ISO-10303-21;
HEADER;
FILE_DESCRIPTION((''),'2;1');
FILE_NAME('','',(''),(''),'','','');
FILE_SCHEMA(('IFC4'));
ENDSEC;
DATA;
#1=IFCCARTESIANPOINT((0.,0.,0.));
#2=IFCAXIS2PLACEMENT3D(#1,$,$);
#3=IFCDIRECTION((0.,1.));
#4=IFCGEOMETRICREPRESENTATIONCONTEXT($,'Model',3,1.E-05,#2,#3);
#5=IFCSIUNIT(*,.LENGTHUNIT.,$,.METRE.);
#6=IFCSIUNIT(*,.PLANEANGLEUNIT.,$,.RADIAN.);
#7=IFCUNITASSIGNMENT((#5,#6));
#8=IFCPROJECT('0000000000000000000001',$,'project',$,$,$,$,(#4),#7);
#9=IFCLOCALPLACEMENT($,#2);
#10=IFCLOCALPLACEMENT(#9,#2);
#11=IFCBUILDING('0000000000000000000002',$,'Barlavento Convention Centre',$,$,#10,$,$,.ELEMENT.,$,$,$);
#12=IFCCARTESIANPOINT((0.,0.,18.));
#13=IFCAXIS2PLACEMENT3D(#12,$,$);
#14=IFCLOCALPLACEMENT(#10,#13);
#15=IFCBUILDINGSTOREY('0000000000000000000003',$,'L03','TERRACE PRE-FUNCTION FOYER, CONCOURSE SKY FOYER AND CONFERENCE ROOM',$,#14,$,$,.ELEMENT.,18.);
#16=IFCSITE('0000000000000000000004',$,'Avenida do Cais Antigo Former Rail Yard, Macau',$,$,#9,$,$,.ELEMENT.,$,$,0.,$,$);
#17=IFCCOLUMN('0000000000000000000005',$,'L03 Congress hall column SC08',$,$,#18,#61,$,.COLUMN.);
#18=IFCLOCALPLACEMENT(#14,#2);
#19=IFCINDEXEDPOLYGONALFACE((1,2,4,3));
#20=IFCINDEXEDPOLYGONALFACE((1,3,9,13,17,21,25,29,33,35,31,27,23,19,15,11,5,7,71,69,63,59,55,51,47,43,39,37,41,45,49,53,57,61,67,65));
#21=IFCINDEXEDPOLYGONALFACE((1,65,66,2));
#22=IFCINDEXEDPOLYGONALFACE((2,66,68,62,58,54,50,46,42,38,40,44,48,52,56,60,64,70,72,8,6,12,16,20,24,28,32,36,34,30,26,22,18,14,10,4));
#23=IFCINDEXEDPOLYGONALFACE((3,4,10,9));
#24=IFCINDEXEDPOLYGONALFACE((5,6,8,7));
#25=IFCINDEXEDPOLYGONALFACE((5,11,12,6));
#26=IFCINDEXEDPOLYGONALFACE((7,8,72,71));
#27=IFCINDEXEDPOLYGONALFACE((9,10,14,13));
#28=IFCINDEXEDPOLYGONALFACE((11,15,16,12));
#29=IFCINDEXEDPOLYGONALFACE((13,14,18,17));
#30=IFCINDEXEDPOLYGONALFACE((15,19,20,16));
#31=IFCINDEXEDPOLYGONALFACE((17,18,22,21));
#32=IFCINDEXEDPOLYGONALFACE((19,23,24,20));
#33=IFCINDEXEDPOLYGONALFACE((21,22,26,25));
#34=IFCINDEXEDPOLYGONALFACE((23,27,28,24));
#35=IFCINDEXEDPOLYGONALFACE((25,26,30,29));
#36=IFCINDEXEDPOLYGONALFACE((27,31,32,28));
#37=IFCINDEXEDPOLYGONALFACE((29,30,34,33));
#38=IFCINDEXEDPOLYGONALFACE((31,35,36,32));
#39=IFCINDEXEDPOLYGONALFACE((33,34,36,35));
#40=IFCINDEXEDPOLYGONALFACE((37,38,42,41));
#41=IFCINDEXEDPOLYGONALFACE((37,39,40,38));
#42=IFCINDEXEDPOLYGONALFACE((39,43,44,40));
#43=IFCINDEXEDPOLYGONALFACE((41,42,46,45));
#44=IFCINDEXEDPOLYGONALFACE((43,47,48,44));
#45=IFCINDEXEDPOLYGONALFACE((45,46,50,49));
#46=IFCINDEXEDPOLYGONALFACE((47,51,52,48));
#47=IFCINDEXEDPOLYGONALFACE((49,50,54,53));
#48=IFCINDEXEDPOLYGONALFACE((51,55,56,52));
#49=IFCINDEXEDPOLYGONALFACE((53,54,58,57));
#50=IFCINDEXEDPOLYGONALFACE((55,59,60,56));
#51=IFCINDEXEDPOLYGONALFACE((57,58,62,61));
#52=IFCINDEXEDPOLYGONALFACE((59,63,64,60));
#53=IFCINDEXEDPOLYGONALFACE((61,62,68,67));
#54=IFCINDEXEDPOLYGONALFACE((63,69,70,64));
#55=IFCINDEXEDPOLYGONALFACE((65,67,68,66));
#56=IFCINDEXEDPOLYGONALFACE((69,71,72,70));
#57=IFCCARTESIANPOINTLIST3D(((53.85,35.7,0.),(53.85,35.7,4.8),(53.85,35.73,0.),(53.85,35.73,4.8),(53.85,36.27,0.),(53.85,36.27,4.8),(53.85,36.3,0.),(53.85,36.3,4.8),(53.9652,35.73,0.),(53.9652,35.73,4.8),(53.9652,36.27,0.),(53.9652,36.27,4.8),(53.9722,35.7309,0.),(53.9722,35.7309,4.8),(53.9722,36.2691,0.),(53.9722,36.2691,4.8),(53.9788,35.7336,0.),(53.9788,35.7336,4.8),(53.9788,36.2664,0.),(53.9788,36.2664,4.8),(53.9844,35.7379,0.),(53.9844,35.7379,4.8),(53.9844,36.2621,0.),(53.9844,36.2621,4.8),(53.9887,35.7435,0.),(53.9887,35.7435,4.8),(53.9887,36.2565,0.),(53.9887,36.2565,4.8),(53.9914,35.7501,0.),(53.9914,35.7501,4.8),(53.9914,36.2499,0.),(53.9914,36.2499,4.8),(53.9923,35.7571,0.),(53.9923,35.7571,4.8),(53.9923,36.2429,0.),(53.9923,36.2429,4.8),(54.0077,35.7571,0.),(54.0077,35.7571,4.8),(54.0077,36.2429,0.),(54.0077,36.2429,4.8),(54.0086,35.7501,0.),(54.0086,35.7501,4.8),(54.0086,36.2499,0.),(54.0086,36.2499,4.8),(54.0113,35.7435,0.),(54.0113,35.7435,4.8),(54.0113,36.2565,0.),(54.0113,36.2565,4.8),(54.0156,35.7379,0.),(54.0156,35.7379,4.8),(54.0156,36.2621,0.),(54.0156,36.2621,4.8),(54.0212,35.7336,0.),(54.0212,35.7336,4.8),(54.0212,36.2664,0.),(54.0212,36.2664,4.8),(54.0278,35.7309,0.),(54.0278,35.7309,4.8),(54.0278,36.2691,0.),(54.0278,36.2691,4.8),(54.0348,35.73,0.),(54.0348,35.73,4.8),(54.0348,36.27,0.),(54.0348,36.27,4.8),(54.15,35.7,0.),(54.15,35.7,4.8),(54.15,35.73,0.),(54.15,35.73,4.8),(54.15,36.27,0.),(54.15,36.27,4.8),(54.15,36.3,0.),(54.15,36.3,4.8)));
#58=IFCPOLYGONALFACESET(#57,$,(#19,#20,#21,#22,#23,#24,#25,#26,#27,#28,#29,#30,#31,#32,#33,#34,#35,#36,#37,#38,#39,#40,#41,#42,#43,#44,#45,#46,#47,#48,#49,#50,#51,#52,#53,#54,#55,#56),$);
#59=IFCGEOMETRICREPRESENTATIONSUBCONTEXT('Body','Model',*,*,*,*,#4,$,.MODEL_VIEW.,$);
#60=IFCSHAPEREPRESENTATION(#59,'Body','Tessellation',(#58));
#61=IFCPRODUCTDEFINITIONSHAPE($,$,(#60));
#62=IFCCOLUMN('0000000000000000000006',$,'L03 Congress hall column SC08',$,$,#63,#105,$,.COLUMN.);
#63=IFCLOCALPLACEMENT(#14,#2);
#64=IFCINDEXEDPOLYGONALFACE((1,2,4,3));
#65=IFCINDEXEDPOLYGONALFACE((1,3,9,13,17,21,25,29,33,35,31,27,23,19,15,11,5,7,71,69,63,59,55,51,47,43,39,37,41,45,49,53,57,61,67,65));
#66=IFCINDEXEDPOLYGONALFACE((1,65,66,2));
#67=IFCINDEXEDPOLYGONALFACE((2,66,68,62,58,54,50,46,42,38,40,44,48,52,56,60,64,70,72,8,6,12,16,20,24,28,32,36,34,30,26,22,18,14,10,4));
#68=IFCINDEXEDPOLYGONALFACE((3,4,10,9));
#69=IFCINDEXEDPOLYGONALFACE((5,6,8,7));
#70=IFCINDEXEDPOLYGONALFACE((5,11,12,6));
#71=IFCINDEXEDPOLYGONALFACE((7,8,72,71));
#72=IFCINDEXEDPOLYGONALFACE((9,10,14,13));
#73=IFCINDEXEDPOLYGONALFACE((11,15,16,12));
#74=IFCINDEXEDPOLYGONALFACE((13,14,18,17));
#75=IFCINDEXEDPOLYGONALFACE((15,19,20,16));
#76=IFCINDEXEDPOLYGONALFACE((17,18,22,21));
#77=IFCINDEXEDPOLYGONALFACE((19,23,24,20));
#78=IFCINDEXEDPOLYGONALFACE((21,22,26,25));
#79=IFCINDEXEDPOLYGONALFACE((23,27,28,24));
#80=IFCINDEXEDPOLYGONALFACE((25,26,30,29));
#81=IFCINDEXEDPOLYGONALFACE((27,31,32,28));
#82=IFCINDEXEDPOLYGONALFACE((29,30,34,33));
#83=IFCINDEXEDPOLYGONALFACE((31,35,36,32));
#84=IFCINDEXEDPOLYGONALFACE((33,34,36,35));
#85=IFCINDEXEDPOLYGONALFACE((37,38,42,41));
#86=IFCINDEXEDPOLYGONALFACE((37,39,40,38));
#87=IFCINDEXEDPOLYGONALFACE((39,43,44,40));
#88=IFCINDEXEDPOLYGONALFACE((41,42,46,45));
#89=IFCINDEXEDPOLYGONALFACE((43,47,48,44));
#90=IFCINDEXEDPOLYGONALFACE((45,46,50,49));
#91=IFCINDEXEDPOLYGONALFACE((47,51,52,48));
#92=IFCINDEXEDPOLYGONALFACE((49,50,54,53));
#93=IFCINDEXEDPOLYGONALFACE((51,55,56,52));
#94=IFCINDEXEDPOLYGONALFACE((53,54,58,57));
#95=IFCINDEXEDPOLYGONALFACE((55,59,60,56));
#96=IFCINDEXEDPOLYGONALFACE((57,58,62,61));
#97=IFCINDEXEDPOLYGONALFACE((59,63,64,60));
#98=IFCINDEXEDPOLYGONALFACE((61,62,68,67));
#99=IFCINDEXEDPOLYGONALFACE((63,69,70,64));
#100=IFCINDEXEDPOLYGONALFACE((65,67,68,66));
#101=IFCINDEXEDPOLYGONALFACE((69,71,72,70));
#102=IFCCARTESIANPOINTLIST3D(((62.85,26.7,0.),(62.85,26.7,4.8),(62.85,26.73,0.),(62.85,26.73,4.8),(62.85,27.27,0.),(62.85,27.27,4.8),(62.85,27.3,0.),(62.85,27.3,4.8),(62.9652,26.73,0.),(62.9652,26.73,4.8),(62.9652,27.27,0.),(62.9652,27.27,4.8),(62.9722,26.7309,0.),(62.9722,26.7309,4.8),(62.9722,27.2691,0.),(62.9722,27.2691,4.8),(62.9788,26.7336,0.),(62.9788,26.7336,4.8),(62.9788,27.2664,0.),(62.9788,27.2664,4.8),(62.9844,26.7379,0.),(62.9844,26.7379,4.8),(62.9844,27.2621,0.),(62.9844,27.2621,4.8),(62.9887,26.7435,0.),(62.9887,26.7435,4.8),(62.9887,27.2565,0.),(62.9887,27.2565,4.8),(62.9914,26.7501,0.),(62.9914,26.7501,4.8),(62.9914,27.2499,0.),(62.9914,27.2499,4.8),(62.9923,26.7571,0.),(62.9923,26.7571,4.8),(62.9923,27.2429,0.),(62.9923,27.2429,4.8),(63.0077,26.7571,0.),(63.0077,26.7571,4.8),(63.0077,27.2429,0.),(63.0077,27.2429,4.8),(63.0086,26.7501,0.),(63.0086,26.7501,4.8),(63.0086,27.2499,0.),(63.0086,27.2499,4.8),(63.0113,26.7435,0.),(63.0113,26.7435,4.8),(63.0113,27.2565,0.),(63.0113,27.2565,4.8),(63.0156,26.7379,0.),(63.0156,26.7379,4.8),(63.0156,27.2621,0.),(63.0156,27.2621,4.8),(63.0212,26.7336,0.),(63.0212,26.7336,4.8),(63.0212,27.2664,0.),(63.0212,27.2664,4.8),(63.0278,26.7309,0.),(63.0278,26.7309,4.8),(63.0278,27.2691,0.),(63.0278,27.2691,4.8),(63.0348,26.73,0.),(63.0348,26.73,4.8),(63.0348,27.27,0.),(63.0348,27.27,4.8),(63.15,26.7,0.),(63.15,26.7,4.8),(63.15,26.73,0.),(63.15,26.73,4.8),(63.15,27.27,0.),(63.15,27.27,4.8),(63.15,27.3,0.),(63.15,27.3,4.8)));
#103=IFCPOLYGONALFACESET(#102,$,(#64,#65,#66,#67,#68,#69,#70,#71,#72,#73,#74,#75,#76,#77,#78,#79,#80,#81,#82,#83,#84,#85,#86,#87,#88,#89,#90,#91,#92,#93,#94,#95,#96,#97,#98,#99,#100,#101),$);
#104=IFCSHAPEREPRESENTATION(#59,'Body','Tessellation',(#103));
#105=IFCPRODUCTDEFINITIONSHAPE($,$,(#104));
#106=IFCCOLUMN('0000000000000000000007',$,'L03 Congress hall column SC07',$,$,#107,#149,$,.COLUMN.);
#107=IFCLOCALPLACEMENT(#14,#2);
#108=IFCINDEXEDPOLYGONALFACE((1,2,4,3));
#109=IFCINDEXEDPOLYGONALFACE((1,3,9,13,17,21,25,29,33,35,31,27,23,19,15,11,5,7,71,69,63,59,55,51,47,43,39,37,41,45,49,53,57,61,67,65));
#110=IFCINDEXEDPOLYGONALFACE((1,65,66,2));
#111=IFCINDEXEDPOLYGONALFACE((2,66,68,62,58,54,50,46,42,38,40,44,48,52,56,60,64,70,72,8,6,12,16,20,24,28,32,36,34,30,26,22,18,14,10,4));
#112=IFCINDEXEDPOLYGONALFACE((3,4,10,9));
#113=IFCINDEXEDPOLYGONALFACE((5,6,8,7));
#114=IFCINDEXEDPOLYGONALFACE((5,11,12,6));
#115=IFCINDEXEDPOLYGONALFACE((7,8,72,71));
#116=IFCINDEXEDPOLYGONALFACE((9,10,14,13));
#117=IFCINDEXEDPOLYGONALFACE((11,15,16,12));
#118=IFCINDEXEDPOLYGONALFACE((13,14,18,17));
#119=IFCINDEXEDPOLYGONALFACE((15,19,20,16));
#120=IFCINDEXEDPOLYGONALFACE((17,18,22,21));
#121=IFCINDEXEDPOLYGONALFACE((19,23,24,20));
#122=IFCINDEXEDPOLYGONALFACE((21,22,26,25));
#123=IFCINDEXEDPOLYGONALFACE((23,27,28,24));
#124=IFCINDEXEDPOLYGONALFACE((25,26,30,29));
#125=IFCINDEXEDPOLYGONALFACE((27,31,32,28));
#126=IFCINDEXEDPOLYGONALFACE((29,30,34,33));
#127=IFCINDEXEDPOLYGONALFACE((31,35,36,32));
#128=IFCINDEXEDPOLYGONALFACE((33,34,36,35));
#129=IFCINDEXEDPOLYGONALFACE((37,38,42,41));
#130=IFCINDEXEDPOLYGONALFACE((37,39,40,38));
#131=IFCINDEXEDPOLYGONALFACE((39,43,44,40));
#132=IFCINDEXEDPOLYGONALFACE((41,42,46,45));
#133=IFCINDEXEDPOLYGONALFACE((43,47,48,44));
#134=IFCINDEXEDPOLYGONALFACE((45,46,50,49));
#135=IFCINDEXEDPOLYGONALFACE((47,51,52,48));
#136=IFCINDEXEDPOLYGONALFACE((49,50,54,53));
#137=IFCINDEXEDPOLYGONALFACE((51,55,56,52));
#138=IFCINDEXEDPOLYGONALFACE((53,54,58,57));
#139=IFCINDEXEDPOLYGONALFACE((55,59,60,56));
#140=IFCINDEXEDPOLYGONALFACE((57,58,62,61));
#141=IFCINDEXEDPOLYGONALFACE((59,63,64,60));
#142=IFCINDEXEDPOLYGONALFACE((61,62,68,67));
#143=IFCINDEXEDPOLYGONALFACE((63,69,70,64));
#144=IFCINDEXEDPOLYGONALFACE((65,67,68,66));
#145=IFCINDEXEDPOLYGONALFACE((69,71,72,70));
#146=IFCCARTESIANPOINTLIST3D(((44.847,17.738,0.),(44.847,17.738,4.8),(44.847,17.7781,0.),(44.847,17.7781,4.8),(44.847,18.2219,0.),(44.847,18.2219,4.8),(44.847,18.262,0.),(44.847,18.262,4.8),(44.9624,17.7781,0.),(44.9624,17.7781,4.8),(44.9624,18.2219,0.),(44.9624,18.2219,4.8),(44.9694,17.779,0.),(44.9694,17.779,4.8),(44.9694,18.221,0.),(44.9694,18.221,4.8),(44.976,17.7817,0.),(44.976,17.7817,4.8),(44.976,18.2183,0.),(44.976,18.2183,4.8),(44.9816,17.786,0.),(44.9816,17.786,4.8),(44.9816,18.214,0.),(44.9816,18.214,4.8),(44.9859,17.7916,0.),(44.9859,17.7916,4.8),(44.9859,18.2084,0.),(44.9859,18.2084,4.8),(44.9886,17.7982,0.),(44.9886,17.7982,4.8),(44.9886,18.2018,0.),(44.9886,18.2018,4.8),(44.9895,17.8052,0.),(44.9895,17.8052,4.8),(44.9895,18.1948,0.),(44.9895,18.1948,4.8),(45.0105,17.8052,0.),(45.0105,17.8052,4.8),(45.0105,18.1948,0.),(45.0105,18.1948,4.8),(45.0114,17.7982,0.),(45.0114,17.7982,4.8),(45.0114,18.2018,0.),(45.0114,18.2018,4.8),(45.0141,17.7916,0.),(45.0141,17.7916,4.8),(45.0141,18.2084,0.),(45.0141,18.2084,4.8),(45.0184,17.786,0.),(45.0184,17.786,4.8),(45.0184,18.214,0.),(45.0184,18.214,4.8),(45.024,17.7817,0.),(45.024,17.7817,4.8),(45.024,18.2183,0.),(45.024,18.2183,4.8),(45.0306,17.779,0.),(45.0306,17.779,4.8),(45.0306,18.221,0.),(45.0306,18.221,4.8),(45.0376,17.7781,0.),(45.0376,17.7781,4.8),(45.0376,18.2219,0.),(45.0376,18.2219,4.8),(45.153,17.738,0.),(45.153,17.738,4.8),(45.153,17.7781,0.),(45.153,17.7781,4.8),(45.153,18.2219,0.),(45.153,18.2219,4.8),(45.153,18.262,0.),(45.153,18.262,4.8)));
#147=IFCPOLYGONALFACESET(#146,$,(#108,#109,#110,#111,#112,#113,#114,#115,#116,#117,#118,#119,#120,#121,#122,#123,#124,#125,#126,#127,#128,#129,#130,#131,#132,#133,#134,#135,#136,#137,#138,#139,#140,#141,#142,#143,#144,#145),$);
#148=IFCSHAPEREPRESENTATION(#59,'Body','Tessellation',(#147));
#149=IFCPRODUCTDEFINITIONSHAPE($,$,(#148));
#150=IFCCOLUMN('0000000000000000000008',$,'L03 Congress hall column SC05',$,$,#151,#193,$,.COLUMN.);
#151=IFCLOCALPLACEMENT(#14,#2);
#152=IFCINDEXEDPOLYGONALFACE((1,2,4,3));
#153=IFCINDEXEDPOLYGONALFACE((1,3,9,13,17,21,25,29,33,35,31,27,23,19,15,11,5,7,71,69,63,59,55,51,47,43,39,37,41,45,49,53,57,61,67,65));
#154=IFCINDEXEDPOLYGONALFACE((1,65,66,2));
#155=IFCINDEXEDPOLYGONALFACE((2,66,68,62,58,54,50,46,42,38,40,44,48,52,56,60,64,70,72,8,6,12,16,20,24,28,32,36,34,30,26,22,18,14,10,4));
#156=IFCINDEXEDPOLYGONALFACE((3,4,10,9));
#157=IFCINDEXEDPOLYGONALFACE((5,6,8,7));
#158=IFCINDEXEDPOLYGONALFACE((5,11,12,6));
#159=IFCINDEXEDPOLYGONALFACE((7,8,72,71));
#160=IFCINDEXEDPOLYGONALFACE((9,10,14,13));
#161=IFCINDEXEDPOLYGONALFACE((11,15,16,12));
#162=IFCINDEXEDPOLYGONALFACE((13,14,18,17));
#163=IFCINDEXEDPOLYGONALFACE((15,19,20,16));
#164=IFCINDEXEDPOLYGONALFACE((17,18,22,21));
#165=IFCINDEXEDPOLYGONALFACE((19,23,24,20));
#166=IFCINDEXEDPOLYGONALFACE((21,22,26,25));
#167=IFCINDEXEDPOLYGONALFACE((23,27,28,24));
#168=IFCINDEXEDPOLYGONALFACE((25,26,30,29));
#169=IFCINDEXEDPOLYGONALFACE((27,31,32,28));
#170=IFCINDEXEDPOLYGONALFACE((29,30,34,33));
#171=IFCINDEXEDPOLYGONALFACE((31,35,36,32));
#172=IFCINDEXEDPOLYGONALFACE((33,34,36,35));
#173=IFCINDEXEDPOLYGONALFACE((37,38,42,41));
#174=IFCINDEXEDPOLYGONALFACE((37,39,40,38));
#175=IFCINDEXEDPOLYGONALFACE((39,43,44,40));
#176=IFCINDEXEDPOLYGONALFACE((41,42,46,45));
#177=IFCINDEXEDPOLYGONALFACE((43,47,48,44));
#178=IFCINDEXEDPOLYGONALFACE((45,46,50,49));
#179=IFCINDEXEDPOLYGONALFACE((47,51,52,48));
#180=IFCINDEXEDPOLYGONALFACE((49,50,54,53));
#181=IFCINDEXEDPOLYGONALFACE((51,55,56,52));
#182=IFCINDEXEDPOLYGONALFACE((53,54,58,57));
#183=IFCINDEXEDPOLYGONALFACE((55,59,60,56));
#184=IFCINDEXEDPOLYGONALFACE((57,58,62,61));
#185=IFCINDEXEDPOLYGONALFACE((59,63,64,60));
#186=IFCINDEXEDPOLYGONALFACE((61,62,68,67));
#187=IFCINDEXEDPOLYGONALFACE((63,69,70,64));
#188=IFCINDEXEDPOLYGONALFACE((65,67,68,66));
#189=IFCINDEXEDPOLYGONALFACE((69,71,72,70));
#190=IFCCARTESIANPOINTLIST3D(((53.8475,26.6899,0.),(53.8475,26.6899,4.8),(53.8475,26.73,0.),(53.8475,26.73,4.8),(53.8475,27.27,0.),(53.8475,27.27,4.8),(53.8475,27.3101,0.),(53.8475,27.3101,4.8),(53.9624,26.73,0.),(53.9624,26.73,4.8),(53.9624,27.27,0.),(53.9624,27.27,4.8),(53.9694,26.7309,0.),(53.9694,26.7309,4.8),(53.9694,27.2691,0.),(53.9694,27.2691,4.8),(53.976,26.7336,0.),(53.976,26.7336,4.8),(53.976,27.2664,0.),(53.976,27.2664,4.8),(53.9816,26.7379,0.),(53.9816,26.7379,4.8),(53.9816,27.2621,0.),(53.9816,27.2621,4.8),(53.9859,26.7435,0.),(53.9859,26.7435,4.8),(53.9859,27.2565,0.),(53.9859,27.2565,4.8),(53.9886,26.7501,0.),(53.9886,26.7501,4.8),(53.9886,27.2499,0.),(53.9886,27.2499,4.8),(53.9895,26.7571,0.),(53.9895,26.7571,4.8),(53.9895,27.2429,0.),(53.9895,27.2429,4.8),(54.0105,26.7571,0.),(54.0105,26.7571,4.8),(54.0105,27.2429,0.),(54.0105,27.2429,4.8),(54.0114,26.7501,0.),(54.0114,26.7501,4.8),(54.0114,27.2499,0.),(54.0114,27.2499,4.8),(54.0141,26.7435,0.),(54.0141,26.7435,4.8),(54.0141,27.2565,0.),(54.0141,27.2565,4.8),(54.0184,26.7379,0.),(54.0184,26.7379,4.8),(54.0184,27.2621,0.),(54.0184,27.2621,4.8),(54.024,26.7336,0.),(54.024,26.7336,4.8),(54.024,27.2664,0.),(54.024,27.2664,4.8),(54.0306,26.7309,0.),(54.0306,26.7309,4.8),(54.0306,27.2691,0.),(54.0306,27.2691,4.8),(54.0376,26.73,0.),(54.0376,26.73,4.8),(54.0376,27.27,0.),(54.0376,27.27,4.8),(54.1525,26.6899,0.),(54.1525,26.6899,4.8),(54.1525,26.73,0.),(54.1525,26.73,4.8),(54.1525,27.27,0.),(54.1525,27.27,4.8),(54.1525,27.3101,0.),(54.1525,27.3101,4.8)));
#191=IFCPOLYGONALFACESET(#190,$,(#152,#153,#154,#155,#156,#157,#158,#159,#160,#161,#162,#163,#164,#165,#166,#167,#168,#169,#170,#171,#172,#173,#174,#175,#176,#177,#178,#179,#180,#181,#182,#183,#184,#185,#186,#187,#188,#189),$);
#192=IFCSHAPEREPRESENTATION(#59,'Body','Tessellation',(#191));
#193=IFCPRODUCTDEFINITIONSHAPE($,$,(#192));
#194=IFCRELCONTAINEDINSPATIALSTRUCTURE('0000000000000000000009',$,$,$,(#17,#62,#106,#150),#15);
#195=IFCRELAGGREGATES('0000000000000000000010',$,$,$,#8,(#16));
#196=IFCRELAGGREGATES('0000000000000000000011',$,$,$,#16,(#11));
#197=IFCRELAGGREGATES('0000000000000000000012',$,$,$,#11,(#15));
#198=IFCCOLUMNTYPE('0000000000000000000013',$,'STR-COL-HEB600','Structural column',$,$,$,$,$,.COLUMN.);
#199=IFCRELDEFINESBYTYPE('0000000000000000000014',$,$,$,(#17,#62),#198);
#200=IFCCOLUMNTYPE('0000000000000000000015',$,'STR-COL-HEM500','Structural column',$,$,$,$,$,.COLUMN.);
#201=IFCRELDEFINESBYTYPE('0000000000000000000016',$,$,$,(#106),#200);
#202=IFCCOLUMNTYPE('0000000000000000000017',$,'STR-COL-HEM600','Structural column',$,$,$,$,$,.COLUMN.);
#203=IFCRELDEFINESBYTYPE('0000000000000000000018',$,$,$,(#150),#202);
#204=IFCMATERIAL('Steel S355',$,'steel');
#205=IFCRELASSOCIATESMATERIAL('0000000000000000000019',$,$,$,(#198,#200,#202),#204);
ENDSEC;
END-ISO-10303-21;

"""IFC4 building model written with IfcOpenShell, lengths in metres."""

from ifc_helpers import new_model, si_unit, direction, frame, origin, origin_2d, place, context, subcontext, project, spatial, i_section, extrude, material, material_profile, profile_set, type_object, element, save


model = new_model("IFC4")

# Units and contexts
model_context = context("Model", 3, precision=1e-05, world=origin(), true_north=direction((0.0, 1.0)))
body_context = subcontext(model_context, "Body", "Model", "MODEL_VIEW")
ifc_project = project(units=[si_unit("LENGTHUNIT", "METRE"), si_unit("PLANEANGLEUNIT", "RADIAN")], contexts=[model_context])

# Site, building, storey
site_placement = place(None, origin())
site = spatial("IfcSite", under=ifc_project, at=site_placement, Name="Avenida do Cais Antigo Former Rail Yard, Macau", CompositionType="ELEMENT", RefElevation=0.0)
building_placement = place(site_placement, origin())
building = spatial("IfcBuilding", under=site, at=building_placement, Name="Barlavento Convention Centre", CompositionType="ELEMENT")
storey_placement = place(building_placement, frame((0.0, 0.0, 18.0)))
storey = spatial("IfcBuildingStorey", under=building, at=storey_placement, Name="L03", Description="TERRACE PRE-FUNCTION FOYER, CONCOURSE SKY FOYER AND CONFERENCE ROOM", CompositionType="ELEMENT", Elevation=18.0)

# Columns
ifc_material_1 = material(Name="Steel S355", Category="steel")
ifc_material_profile_1 = material_profile(ifc_material_1, i_section(OverallWidth=0.3, OverallDepth=0.6001, WebThickness=0.0154, FlangeThickness=0.03, FilletRadius=0.0271, at=origin_2d()), Name="HEB 600")
ifc_profile_set_1 = profile_set([ifc_material_profile_1], Name="Steel S355")
column_type_1 = type_object("IfcColumnType", Name="STR-COL-HEB600", Description="Structural column", PredefinedType="COLUMN", material=ifc_profile_set_1)
for number, where, z_axis, x_axis, name in (
    (1, (54.0, 36.0, 0.0), (0.0, 0.0, 1.0), (1.0, 0.0, 0.0), "L03 Congress hall column SC08"),
    (2, (63.0, 27.0, 0.0), (0.0, 0.0, 1.0), (1.0, 0.0, 0.0), "L03 Congress hall column SC08"),
):
    element("IfcColumn", number, at=place(storey_placement, frame(where, z_axis=z_axis, x_axis=x_axis)), inside=storey, type_object=column_type_1, Name=name, PredefinedType="COLUMN", context=body_context, shape_type="SweptSolid", body=[
        extrude(i_section(OverallWidth=0.3, OverallDepth=0.6001, WebThickness=0.0154, FlangeThickness=0.03, FilletRadius=0.0271, at=origin_2d()), origin(), (0.0, 0.0, 1.0), 4.8),
    ])
ifc_material_profile_2 = material_profile(ifc_material_1, i_section(OverallWidth=0.3059, OverallDepth=0.5239, WebThickness=0.021, FlangeThickness=0.04, FilletRadius=0.0271, at=origin_2d()), Name="HEM 500")
ifc_profile_set_2 = profile_set([ifc_material_profile_2], Name="Steel S355")
column_type_2 = type_object("IfcColumnType", Name="STR-COL-HEM500", Description="Structural column", PredefinedType="COLUMN", material=ifc_profile_set_2)
column_1_placement = place(storey_placement, frame((45.0, 18.0, 0.0), z_axis=(0.0, 0.0, 1.0), x_axis=(1.0, 0.0, 0.0)))
element("IfcColumn", 3, at=column_1_placement, inside=storey, type_object=column_type_2, Name="L03 Congress hall column SC07", PredefinedType="COLUMN", context=body_context, shape_type="SweptSolid", body=[
    extrude(i_section(OverallWidth=0.3059, OverallDepth=0.5239, WebThickness=0.021, FlangeThickness=0.04, FilletRadius=0.0271, at=origin_2d()), origin(), (0.0, 0.0, 1.0), 4.8),
])
ifc_material_profile_3 = material_profile(ifc_material_1, i_section(OverallWidth=0.3049, OverallDepth=0.6201, WebThickness=0.021, FlangeThickness=0.04, FilletRadius=0.0271, at=origin_2d()), Name="HEM 600")
ifc_profile_set_3 = profile_set([ifc_material_profile_3], Name="Steel S355")
column_type_3 = type_object("IfcColumnType", Name="STR-COL-HEM600", Description="Structural column", PredefinedType="COLUMN", material=ifc_profile_set_3)
for number, where, z_axis, x_axis, name in (
    (4, (54.0, 27.0, 0.0), (0.0, 0.0, 1.0), (1.0, 0.0, 0.0), "L03 Congress hall column SC05"),
):
    element("IfcColumn", number, at=place(storey_placement, frame(where, z_axis=z_axis, x_axis=x_axis)), inside=storey, type_object=column_type_3, Name=name, PredefinedType="COLUMN", context=body_context, shape_type="SweptSolid", body=[
        extrude(i_section(OverallWidth=0.3049, OverallDepth=0.6201, WebThickness=0.021, FlangeThickness=0.04, FilletRadius=0.0271, at=origin_2d()), origin(), (0.0, 0.0, 1.0), 4.8),
    ])

save(model, "model.ifc")
